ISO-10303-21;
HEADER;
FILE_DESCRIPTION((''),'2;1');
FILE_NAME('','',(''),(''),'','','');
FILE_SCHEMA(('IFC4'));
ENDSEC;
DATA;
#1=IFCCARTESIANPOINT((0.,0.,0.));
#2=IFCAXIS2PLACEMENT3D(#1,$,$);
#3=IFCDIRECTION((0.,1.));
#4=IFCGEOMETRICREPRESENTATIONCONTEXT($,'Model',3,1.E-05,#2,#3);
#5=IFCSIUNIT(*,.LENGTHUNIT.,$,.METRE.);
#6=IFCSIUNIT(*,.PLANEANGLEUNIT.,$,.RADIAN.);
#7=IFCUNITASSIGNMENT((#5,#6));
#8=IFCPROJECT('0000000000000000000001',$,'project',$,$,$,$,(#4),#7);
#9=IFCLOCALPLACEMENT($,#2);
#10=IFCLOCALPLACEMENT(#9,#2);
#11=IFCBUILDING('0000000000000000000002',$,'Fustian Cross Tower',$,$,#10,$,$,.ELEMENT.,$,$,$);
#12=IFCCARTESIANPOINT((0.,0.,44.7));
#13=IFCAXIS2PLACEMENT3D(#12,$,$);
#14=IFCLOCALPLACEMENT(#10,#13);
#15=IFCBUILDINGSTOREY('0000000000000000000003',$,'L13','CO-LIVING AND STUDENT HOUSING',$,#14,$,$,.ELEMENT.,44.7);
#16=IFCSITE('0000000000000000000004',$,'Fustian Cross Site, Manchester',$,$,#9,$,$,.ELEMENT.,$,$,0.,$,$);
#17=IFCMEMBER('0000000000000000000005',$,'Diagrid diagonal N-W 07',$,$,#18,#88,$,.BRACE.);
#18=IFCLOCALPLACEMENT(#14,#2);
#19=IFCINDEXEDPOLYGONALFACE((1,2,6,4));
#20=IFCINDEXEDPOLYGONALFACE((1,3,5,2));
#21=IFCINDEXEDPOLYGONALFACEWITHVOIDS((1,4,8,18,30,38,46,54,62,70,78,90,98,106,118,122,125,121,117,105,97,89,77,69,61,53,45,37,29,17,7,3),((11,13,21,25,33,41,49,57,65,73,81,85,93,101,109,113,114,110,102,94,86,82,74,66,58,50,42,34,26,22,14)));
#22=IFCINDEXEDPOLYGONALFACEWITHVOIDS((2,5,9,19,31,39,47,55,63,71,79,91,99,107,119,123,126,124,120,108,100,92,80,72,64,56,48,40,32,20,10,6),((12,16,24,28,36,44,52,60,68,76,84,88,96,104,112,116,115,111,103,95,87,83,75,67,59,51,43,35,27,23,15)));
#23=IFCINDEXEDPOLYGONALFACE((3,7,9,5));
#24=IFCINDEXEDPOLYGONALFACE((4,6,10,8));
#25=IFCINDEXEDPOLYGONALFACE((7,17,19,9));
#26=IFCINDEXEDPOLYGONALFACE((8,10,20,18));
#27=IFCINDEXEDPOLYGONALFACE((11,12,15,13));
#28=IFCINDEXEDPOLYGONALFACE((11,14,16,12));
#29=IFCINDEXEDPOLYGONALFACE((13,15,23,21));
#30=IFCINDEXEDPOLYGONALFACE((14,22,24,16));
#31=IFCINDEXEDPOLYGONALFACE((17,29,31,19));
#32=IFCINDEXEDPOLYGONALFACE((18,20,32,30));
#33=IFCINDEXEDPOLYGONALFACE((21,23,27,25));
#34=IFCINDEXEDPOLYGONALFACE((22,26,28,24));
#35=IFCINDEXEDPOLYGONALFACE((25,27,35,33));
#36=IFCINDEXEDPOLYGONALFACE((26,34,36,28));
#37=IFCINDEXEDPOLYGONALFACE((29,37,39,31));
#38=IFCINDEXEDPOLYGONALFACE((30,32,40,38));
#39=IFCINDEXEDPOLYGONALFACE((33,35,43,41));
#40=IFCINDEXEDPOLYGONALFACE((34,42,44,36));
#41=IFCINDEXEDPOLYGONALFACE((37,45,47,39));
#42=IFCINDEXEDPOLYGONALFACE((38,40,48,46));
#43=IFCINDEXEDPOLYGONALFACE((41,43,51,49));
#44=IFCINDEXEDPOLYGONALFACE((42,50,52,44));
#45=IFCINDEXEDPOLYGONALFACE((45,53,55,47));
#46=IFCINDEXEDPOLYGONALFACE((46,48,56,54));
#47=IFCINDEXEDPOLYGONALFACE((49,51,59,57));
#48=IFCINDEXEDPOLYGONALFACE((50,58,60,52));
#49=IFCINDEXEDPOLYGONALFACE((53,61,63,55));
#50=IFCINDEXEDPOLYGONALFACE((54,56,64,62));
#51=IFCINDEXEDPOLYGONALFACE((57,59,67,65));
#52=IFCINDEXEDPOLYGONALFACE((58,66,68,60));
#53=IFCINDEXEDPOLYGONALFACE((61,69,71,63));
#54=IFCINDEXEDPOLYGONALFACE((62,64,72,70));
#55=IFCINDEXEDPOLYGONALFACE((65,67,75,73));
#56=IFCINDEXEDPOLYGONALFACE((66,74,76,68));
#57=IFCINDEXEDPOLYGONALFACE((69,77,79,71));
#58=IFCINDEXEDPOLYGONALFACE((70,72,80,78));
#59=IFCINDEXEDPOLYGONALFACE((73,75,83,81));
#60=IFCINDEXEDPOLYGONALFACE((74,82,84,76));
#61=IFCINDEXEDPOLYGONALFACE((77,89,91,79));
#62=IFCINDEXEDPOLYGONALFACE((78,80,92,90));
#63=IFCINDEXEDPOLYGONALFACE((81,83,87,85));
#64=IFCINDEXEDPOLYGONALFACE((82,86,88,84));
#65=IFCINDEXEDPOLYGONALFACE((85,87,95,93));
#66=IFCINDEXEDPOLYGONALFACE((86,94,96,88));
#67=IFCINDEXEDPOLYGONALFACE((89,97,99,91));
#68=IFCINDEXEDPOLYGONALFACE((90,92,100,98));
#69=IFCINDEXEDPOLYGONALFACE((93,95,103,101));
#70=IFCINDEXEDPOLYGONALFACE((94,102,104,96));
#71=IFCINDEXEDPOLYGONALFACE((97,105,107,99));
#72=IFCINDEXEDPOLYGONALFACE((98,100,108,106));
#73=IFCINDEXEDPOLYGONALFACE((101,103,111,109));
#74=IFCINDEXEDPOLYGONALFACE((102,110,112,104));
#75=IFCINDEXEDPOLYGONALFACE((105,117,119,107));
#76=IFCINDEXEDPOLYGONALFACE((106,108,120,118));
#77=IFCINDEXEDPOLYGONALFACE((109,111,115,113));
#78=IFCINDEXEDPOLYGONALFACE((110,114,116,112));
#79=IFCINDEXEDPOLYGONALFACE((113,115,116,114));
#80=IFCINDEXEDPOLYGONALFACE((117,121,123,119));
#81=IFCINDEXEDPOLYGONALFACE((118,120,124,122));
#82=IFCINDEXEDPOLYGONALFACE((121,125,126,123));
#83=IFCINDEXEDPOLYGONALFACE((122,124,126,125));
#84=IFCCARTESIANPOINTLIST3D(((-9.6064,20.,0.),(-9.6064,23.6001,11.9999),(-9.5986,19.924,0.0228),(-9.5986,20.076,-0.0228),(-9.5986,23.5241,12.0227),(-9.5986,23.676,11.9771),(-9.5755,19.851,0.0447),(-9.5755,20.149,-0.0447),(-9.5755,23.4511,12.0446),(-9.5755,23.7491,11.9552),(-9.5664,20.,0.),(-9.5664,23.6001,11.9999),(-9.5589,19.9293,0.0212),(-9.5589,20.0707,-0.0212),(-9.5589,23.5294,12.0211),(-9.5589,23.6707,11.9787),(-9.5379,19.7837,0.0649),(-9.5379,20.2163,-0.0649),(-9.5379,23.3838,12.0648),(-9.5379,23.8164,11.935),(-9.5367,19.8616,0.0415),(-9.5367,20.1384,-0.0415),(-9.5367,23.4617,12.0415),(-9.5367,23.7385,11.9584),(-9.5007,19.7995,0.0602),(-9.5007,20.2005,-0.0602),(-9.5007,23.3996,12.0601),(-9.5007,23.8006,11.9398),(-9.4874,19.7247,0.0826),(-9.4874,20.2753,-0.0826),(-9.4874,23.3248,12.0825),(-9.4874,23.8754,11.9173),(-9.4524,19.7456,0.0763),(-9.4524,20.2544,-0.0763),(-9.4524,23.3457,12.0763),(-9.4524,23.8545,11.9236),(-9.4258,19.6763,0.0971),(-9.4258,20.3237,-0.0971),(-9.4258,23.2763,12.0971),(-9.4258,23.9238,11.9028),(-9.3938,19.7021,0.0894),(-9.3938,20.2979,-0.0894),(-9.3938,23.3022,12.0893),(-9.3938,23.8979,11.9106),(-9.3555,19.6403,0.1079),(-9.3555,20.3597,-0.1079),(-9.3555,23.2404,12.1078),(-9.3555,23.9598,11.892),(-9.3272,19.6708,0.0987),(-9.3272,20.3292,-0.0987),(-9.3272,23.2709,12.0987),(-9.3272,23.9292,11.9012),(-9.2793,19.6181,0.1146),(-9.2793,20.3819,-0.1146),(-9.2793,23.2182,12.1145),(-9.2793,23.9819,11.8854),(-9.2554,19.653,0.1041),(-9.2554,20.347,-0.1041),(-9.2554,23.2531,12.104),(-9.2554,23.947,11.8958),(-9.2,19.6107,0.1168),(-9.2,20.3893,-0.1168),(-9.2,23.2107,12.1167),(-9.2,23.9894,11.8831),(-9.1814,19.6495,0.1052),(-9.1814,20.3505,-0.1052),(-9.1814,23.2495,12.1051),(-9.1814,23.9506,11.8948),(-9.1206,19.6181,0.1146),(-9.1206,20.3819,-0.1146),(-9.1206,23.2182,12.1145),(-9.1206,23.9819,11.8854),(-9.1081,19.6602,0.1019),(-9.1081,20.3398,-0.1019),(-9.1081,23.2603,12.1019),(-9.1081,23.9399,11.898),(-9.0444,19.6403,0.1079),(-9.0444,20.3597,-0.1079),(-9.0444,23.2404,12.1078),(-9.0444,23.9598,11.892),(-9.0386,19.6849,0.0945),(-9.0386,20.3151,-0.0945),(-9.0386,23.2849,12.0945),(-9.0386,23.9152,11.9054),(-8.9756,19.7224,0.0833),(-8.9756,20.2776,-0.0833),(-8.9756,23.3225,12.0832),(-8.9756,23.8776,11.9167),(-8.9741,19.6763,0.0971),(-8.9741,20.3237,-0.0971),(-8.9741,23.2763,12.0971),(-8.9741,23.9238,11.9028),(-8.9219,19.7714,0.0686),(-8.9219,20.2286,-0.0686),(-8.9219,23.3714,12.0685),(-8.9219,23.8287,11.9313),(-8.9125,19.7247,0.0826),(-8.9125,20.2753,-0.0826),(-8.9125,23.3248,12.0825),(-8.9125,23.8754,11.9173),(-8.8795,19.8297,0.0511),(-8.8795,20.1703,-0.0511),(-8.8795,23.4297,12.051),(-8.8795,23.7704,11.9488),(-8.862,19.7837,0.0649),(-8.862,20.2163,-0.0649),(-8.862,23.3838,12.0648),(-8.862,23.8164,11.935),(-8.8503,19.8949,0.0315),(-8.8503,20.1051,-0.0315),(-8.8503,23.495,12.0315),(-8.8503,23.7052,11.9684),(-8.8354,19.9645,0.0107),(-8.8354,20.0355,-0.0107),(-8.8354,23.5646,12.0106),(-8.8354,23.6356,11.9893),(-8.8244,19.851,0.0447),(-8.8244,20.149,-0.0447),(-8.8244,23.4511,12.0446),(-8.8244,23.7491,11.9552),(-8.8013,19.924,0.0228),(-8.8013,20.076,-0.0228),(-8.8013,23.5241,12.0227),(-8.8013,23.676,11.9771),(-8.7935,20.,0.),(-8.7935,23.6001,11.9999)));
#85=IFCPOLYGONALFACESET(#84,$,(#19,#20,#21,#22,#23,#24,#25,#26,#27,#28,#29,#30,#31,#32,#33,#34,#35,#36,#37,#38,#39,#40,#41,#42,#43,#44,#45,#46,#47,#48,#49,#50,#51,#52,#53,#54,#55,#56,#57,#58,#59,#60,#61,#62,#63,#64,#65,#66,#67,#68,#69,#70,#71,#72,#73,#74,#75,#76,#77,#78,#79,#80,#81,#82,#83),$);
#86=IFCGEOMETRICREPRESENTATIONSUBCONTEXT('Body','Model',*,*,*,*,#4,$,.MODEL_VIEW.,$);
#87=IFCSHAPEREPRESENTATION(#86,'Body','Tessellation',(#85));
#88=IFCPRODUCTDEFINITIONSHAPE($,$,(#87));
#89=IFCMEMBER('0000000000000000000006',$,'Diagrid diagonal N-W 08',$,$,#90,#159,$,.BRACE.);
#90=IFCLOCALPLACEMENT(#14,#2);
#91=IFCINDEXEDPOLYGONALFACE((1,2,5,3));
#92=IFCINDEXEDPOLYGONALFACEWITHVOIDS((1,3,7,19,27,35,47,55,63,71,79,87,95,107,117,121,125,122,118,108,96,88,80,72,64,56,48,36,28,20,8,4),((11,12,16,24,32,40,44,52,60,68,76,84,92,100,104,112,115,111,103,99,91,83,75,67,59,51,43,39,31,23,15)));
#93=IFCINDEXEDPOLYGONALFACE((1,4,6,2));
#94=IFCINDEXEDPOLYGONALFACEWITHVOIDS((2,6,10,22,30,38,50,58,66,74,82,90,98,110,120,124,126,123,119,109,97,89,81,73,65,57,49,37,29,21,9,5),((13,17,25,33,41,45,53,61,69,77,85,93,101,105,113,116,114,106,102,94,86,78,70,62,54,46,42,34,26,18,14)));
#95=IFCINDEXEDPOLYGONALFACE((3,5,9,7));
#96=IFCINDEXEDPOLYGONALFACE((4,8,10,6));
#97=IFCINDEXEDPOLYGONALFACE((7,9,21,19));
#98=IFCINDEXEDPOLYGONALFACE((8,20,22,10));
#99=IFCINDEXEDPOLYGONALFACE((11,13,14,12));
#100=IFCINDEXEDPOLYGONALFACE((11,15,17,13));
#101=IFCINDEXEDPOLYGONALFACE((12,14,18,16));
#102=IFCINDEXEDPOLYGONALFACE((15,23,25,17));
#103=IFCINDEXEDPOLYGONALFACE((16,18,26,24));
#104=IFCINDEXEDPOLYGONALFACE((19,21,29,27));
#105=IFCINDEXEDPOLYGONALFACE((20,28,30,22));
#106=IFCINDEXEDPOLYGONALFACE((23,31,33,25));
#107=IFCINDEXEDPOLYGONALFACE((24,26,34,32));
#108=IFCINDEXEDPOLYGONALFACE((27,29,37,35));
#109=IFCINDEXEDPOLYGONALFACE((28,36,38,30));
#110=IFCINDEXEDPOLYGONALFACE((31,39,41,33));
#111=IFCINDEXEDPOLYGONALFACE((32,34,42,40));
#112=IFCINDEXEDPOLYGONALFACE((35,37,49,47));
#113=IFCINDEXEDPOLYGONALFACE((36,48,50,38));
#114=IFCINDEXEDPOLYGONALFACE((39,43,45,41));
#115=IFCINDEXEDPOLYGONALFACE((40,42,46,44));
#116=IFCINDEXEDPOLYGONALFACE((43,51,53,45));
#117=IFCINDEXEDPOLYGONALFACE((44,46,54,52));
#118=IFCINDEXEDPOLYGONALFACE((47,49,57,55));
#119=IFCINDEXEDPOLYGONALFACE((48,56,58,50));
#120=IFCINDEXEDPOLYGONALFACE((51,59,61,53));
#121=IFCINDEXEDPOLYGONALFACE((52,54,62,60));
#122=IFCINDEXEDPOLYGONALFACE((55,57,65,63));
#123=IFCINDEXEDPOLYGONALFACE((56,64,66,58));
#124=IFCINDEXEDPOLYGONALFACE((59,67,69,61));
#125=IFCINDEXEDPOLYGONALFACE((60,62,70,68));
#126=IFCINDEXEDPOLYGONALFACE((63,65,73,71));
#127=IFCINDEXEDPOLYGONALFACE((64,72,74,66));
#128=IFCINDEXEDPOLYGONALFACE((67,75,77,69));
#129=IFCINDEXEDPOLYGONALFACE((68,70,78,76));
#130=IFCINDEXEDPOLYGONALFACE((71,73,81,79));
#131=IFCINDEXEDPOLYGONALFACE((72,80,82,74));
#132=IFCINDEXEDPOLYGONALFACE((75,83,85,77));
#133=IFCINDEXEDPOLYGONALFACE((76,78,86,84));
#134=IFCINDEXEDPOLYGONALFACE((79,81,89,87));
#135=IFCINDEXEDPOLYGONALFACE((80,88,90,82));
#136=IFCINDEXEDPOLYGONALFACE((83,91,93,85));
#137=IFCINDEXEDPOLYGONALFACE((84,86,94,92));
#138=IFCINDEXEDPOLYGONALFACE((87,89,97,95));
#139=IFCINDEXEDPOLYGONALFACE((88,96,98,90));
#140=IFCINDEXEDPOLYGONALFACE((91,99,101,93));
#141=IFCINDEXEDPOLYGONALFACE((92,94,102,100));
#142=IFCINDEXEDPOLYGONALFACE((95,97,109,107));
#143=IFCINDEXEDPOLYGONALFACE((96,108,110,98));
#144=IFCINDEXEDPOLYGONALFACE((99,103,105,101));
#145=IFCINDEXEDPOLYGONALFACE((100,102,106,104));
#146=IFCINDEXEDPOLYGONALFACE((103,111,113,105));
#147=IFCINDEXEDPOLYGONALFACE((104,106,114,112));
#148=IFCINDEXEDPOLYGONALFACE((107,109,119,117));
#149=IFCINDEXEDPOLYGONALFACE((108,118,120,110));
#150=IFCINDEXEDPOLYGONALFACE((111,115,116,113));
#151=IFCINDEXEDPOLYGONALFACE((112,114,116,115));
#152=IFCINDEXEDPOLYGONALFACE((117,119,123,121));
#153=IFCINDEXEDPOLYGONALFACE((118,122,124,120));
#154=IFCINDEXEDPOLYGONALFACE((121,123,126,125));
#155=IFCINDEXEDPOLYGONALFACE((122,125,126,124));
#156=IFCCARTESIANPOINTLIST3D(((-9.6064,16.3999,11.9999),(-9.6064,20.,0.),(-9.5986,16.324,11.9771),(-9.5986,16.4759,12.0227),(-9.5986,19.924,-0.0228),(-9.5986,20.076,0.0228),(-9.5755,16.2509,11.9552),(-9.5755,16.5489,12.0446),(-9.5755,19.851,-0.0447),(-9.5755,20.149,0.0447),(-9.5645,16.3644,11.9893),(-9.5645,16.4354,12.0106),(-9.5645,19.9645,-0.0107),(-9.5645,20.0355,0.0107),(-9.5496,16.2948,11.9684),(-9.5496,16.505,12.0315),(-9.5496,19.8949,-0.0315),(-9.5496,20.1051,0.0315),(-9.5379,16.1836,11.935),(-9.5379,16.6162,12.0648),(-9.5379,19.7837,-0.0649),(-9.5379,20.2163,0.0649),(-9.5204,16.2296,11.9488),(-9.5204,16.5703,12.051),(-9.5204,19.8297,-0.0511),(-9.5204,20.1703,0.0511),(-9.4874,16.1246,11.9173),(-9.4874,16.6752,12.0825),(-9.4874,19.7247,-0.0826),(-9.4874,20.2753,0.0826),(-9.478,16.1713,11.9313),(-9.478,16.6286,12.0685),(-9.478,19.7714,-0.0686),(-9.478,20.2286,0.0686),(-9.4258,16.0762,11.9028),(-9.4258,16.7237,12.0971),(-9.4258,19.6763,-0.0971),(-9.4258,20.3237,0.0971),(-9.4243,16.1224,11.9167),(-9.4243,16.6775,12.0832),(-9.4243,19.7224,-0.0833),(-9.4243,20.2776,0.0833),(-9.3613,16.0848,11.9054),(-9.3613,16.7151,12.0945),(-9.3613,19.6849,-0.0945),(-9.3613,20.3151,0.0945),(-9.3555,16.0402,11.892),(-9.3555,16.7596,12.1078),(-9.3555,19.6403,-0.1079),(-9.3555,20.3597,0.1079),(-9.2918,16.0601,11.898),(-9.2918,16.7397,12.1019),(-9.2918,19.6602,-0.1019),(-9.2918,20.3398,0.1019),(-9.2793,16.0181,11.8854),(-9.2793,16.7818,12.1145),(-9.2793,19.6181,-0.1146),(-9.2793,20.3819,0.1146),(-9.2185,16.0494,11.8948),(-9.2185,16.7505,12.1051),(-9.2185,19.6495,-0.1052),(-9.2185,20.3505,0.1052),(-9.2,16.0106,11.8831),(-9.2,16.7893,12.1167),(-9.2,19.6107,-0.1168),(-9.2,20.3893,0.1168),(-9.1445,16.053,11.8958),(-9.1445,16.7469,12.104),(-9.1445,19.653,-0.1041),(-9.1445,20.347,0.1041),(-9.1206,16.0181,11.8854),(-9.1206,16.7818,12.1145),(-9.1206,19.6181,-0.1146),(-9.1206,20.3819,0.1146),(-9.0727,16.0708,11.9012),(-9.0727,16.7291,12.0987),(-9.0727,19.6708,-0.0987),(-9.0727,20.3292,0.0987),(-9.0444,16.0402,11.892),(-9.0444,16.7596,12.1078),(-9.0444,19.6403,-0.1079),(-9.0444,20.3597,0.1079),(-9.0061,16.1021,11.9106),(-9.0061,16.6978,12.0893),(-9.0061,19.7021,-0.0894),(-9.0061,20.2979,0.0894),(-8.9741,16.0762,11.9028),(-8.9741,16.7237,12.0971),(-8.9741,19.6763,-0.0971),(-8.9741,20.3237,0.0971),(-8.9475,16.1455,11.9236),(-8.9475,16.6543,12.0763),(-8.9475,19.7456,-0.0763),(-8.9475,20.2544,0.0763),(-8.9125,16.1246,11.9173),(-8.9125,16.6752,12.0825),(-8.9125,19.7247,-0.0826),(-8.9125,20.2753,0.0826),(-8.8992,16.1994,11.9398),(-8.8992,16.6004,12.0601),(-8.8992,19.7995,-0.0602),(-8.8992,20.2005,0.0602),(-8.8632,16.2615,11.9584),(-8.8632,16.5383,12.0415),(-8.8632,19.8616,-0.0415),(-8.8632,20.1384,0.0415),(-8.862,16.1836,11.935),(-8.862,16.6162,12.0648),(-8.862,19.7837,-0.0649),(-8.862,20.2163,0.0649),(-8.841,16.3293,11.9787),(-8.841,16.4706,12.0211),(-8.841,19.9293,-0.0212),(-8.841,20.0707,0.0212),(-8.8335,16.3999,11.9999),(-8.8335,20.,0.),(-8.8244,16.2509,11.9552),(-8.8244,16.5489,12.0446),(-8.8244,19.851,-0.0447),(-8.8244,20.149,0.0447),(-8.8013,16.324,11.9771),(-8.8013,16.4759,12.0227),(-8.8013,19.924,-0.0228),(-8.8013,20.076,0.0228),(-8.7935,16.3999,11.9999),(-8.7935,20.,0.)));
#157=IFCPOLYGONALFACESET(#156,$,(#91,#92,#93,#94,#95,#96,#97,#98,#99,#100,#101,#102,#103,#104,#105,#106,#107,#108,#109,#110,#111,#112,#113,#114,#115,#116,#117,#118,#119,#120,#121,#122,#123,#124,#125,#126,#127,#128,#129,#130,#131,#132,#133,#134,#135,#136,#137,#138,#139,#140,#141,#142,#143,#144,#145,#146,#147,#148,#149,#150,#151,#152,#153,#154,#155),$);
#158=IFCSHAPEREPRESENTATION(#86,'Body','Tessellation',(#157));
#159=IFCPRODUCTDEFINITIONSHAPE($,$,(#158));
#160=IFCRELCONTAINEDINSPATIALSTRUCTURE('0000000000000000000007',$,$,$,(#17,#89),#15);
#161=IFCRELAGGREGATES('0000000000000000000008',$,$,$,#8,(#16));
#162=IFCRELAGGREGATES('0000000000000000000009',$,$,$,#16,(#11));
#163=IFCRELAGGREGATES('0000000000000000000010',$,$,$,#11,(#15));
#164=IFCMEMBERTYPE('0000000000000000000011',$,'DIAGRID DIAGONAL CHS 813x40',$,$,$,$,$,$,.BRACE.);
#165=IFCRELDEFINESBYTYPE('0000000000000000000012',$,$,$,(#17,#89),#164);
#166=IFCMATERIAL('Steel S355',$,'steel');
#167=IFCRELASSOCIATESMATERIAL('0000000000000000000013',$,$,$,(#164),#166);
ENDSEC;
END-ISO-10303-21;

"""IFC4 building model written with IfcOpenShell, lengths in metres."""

from ifc_helpers import new_model, si_unit, direction, frame, origin, origin_2d, place, context, subcontext, project, spatial, hollow_circle, extrude, material, material_profile, profile_set, type_object, element, save


model = new_model("IFC4")

# Units and contexts
model_context = context("Model", 3, precision=1e-05, world=origin(), true_north=direction((0.0, 1.0)))
body_context = subcontext(model_context, "Body", "Model", "MODEL_VIEW")
ifc_project = project(units=[si_unit("LENGTHUNIT", "METRE"), si_unit("PLANEANGLEUNIT", "RADIAN")], contexts=[model_context])

# Site, building, storey
site_placement = place(None, origin())
site = spatial("IfcSite", under=ifc_project, at=site_placement, Name="Fustian Cross Site, Manchester", CompositionType="ELEMENT", RefElevation=0.0)
building_placement = place(site_placement, origin())
building = spatial("IfcBuilding", under=site, at=building_placement, Name="Fustian Cross Tower", CompositionType="ELEMENT")
storey_placement = place(building_placement, frame((0.0, 0.0, 44.7)))
storey = spatial("IfcBuildingStorey", under=building, at=storey_placement, Name="L13", Description="CO-LIVING AND STUDENT HOUSING", CompositionType="ELEMENT", Elevation=44.7)

# Members
ifc_material_1 = material(Name="Steel S355", Category="steel")
ifc_material_profile_1 = material_profile(ifc_material_1, hollow_circle(Radius=0.4065, WallThickness=0.04, at=origin_2d()), Name="CHS 813x40")
ifc_profile_set_1 = profile_set([ifc_material_profile_1], Name="Steel S355")
member_type_1 = type_object("IfcMemberType", Name="DIAGRID DIAGONAL CHS 813x40", PredefinedType="BRACE", material=ifc_profile_set_1)
for number, where, z_axis, x_axis, name in (
    (1, (-9.2, 20.0, 0.0), (0.0, 0.287355, 0.957824), (-1.0, 0.0, 0.0), "Diagrid diagonal N-W 07"),
    (2, (-9.2, 20.0, 0.0), (0.0, -0.287355, 0.957824), (1.0, 0.0, 0.0), "Diagrid diagonal N-W 08"),
):
    element("IfcMember", number, at=place(storey_placement, frame(where, z_axis=z_axis, x_axis=x_axis)), inside=storey, type_object=member_type_1, Name=name, PredefinedType="BRACE", context=body_context, shape_type="SweptSolid", body=[
        extrude(hollow_circle(Radius=0.4065, WallThickness=0.04, at=origin_2d()), origin(), (0.0, 0.0, 1.0), 12.5283),
    ])

save(model, "model.ifc")
